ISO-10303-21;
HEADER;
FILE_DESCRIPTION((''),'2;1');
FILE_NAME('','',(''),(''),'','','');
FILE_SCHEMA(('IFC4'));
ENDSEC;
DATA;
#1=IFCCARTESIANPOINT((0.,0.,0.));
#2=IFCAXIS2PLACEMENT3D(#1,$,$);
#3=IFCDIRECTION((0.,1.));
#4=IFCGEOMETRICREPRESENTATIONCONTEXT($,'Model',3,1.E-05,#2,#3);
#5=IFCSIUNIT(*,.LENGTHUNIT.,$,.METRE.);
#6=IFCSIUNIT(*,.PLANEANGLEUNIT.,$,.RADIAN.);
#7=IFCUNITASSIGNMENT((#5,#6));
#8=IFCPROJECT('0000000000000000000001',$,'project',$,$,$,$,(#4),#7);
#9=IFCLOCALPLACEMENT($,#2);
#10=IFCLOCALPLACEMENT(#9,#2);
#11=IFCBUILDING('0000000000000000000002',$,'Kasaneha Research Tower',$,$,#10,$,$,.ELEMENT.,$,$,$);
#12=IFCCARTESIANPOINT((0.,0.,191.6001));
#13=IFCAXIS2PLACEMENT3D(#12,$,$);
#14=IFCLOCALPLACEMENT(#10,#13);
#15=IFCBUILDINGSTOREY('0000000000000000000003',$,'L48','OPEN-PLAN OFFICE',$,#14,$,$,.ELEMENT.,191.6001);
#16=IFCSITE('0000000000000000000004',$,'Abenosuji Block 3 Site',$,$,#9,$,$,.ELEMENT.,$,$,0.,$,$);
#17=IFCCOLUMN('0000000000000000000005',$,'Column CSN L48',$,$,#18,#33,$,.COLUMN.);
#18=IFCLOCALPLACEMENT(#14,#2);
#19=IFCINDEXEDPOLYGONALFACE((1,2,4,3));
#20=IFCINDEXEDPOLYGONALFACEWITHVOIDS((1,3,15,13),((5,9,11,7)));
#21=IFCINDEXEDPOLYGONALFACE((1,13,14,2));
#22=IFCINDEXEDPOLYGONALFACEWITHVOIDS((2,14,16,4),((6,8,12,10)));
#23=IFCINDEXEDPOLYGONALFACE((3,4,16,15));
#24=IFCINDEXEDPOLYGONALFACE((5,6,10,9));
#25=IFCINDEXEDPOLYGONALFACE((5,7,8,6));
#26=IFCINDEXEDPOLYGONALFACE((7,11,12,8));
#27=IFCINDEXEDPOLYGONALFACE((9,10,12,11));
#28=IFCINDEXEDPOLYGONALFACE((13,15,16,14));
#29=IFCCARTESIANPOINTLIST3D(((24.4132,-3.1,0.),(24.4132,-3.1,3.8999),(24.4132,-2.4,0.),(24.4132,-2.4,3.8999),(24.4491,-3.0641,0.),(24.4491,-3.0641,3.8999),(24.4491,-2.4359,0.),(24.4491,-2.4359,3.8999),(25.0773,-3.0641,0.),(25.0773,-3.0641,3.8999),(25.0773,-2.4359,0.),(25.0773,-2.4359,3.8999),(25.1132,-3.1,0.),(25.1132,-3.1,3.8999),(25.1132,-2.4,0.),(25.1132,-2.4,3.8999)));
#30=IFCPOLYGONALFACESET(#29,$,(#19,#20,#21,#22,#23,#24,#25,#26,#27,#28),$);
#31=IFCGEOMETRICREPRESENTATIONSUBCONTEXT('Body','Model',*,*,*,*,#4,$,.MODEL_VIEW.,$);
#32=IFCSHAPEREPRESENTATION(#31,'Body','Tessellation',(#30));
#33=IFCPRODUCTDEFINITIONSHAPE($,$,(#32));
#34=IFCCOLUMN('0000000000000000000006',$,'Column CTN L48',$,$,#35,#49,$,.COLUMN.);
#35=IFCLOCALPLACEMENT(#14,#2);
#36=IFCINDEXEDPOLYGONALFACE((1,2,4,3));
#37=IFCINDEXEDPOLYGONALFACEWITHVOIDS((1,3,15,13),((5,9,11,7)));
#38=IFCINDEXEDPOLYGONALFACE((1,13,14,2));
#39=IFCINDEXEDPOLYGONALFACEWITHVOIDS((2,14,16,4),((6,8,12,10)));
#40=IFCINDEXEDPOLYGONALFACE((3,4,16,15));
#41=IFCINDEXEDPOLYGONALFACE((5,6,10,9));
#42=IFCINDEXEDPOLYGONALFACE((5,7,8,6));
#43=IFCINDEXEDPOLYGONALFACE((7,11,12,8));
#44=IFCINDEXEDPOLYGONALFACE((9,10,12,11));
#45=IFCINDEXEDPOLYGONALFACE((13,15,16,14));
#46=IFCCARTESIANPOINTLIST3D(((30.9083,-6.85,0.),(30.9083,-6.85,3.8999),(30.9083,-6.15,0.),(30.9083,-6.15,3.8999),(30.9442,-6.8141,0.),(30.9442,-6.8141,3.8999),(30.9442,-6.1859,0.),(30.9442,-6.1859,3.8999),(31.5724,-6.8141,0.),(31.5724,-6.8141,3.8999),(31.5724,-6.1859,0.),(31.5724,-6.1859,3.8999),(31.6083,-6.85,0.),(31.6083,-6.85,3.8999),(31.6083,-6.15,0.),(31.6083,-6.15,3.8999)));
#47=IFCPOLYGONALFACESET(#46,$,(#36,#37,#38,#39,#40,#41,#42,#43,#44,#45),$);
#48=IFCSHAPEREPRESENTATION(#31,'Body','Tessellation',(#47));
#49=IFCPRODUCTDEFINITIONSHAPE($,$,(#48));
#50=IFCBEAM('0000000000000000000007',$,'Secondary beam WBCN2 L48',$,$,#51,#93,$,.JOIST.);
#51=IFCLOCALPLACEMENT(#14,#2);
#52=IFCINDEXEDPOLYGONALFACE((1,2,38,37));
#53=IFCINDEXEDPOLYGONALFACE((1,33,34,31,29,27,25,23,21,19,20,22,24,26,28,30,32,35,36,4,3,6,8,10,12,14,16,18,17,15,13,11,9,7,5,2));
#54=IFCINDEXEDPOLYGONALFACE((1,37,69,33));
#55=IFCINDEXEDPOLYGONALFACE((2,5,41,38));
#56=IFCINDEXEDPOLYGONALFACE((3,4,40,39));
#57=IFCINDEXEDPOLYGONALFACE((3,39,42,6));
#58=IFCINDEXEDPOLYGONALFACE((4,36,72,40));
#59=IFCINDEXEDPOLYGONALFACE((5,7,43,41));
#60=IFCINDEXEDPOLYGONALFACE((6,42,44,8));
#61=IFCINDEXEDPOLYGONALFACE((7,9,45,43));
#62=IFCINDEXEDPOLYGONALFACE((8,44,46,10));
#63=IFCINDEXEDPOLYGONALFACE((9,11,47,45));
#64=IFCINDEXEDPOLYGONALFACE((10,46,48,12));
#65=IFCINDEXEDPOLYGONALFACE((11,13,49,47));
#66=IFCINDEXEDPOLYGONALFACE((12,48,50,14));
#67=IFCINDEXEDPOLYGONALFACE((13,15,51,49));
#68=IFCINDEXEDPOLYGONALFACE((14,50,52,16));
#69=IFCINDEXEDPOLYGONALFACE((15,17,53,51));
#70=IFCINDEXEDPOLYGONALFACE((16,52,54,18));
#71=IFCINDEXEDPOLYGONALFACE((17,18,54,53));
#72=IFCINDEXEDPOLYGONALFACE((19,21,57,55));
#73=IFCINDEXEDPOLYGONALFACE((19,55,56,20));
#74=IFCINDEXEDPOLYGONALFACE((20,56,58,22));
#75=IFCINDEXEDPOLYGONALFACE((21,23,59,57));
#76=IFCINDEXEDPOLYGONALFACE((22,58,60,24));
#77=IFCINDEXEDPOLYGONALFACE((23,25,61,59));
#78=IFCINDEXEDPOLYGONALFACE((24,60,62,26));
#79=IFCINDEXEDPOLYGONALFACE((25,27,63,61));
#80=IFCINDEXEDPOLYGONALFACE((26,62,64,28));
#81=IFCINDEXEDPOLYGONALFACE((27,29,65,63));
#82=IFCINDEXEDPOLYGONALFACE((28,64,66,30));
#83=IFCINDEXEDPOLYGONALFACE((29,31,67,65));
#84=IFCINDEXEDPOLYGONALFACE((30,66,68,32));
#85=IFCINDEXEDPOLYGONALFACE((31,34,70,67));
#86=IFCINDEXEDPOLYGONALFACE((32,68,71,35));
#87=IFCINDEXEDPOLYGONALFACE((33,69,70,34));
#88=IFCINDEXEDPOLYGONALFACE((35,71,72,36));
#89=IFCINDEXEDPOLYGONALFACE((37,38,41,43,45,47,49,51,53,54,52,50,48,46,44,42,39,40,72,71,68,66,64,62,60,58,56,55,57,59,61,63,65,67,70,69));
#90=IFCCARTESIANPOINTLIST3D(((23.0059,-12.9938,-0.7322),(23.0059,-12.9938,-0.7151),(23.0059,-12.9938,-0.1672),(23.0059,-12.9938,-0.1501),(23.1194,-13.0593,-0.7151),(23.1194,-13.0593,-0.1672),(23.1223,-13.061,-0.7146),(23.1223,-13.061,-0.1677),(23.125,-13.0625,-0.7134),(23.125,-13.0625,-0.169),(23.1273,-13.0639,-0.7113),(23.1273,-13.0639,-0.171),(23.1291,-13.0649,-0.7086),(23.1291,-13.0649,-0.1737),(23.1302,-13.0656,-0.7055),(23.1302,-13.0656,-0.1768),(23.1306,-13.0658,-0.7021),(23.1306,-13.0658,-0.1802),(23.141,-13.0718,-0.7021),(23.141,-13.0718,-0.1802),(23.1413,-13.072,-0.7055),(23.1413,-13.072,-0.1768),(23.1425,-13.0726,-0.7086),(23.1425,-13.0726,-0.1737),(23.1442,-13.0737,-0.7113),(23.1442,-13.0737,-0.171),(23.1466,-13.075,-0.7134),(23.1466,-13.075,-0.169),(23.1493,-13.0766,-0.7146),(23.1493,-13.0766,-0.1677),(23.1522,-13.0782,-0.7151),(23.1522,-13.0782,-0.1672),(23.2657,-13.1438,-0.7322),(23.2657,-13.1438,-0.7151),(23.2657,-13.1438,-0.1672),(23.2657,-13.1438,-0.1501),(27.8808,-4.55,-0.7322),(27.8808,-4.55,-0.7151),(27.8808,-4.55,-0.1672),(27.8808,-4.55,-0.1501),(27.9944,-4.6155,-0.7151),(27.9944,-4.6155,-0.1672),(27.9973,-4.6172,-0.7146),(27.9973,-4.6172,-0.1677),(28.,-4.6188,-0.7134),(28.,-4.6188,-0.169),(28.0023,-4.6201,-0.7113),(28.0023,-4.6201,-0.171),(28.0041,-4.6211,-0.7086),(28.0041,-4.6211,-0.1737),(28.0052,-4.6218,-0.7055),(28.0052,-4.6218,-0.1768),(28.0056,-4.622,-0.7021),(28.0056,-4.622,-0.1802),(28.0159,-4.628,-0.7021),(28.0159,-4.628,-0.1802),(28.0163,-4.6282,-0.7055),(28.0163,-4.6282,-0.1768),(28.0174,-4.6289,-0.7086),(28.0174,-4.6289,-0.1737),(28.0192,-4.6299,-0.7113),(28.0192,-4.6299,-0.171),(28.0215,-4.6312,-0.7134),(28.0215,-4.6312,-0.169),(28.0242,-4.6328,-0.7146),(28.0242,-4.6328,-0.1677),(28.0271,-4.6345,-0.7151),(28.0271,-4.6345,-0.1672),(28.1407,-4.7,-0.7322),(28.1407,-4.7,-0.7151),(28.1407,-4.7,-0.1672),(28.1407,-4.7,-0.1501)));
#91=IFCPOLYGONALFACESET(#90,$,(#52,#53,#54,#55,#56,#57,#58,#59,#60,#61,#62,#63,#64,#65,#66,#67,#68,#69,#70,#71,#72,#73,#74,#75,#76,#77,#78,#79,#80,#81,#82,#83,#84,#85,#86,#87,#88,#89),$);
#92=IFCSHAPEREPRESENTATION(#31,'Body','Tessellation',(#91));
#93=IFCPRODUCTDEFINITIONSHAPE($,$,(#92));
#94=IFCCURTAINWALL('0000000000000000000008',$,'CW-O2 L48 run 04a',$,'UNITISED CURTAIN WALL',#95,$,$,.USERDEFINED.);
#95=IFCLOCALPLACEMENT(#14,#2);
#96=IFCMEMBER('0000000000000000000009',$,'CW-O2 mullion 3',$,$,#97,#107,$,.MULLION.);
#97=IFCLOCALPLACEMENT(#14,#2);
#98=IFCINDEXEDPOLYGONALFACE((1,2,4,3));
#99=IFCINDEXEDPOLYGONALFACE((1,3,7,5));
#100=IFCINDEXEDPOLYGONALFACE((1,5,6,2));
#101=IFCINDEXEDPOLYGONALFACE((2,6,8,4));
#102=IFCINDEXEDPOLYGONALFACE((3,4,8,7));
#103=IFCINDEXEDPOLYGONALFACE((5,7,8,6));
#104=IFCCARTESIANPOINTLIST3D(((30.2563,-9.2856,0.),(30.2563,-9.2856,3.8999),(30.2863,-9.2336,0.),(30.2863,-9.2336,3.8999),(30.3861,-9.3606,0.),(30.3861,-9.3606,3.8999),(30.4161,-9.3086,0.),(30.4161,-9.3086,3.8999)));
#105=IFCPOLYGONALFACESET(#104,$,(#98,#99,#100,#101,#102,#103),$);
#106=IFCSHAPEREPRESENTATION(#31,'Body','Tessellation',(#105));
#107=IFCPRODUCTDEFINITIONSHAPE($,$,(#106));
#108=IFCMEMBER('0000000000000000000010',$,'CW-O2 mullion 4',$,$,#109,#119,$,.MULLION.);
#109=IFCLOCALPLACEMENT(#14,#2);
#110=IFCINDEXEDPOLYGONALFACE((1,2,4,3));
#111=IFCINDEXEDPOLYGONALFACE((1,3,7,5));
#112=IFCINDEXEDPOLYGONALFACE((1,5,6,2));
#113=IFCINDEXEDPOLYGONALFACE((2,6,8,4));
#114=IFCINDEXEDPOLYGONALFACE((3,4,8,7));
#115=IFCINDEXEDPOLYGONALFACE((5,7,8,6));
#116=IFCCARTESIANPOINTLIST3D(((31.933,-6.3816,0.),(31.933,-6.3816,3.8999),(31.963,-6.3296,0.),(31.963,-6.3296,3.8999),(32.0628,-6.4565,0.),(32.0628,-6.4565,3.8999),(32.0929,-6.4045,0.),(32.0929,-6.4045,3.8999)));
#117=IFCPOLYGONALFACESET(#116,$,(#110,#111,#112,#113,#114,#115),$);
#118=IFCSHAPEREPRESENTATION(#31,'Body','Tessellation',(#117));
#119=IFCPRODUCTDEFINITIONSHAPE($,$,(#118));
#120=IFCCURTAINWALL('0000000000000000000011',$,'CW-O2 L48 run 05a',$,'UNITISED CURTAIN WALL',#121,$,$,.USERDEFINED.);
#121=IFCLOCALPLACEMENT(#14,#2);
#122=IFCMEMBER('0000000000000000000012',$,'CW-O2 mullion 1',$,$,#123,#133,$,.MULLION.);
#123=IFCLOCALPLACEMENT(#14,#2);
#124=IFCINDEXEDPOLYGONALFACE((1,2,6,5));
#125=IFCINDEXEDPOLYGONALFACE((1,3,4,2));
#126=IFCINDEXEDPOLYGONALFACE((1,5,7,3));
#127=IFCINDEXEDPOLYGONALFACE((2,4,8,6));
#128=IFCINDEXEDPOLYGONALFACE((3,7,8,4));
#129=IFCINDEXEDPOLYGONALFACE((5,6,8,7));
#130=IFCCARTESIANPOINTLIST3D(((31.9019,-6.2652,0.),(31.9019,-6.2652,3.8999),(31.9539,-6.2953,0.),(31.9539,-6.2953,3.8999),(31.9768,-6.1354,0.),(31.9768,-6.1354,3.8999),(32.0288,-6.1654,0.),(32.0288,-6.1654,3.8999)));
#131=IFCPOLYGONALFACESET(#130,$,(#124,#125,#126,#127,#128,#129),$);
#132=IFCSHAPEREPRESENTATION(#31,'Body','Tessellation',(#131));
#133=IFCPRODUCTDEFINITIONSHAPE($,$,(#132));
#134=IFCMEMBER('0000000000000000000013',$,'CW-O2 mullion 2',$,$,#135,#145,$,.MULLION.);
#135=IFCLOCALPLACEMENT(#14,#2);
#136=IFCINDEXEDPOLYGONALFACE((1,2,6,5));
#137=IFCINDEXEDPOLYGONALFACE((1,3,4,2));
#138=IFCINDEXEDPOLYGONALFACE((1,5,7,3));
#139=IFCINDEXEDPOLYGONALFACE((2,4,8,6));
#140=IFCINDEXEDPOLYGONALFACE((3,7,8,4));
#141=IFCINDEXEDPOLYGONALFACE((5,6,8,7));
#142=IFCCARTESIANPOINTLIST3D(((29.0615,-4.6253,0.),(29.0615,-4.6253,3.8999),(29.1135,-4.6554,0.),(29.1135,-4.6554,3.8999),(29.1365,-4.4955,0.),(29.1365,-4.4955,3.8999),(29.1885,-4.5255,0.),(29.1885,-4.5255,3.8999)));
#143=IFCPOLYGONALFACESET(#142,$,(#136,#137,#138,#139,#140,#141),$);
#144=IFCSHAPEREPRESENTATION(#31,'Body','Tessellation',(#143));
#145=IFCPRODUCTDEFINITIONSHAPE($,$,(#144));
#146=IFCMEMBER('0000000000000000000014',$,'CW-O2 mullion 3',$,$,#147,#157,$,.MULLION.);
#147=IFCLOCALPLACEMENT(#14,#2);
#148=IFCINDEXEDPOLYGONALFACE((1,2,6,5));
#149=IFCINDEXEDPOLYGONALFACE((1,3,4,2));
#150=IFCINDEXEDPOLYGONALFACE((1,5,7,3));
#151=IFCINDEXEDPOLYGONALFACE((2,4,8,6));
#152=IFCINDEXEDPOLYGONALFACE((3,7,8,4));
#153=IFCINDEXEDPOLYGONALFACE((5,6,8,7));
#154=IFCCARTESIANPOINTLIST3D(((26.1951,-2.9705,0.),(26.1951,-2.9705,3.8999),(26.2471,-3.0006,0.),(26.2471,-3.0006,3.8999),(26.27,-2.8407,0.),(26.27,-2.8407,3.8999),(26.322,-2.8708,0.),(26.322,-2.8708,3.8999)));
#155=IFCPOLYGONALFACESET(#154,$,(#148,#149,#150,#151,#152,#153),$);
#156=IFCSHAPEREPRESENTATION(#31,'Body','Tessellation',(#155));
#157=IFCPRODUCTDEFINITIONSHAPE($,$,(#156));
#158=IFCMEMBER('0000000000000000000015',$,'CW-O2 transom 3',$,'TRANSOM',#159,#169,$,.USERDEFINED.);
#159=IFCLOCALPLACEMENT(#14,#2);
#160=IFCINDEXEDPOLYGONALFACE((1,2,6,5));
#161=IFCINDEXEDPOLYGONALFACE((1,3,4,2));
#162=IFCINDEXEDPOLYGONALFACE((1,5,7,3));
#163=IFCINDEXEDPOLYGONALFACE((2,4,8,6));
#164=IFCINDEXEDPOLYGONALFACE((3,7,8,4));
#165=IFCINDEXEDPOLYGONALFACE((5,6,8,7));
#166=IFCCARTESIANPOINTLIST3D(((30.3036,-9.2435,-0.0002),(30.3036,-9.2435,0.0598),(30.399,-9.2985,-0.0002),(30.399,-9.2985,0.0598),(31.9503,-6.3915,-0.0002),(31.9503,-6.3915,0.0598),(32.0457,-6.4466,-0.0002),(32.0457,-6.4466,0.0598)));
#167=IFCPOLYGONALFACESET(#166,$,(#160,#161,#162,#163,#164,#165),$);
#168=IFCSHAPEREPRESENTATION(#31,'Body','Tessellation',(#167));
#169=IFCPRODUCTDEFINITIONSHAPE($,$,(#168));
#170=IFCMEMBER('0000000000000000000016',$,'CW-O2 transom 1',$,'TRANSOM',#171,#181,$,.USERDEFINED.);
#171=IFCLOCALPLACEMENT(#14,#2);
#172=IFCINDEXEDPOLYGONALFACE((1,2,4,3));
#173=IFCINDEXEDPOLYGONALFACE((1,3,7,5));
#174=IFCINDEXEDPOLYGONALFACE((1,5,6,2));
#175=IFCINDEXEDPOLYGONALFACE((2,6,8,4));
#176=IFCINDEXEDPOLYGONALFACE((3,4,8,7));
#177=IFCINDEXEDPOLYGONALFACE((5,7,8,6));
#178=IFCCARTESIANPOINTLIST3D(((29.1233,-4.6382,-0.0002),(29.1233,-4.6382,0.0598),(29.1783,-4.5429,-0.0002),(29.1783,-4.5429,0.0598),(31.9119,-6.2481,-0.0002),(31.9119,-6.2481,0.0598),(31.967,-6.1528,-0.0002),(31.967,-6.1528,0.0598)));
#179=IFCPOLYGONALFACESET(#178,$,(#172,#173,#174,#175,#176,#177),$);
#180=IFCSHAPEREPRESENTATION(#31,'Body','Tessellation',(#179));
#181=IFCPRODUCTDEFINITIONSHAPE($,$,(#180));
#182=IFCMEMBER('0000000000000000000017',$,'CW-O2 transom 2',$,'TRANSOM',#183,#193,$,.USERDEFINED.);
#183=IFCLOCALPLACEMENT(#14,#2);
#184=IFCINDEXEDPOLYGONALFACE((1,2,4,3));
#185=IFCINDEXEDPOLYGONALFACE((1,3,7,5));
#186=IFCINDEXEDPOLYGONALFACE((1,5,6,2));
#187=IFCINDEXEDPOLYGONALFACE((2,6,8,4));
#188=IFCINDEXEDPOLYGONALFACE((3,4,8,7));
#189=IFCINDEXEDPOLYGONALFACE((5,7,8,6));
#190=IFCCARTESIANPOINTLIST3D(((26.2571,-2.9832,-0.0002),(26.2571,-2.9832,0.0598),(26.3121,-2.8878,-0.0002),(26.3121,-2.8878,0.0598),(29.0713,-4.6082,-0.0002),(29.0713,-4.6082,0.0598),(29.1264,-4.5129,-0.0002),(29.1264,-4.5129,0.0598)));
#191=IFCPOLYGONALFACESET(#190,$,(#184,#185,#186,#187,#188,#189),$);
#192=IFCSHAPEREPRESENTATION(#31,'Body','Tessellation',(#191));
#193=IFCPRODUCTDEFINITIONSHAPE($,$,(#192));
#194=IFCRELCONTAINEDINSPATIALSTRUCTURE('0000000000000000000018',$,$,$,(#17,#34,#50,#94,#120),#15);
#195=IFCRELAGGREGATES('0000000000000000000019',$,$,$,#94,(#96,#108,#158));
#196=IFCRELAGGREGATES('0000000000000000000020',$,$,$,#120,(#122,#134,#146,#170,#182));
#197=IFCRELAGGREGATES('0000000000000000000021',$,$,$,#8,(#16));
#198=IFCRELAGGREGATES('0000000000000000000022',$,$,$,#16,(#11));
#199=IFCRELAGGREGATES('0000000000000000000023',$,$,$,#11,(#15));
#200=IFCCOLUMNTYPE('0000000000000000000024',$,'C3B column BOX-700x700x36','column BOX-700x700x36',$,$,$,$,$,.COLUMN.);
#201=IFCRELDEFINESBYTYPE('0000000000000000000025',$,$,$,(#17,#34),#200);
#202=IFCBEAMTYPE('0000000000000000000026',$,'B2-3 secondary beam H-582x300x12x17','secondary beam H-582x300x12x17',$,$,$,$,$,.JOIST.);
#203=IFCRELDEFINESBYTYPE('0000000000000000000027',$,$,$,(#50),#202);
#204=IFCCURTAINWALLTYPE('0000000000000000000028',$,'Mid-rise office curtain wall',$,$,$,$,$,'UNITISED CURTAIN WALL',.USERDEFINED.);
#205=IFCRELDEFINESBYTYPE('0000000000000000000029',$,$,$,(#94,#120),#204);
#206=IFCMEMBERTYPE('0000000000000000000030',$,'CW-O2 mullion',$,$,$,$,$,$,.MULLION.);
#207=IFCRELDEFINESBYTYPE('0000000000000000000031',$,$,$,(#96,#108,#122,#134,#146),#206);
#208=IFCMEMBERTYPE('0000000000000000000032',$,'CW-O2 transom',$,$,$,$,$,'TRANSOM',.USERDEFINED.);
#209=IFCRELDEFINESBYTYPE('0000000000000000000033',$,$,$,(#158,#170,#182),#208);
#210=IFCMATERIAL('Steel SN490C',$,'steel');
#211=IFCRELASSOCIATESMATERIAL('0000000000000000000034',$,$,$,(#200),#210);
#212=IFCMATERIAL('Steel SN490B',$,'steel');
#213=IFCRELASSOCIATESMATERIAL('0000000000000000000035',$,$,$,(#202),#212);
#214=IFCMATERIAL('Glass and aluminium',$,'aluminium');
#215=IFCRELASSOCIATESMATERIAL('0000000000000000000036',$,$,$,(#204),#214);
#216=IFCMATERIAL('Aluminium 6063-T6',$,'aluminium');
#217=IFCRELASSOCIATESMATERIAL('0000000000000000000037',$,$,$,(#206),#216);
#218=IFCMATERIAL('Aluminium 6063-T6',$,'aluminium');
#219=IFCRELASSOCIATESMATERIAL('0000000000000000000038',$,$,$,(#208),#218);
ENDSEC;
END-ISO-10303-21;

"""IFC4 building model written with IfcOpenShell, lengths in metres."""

from ifc_helpers import new_model, si_unit, direction, frame, origin, origin_2d, place, context, subcontext, project, spatial, rectangle, hollow_rectangle, i_section, extrude, material, material_profile, profile_set, type_object, element, aggregate, save


model = new_model("IFC4")

# Units and contexts
model_context = context("Model", 3, precision=1e-05, world=origin(), true_north=direction((0.0, 1.0)))
body_context = subcontext(model_context, "Body", "Model", "MODEL_VIEW")
ifc_project = project(units=[si_unit("LENGTHUNIT", "METRE"), si_unit("PLANEANGLEUNIT", "RADIAN")], contexts=[model_context])

# Site, building, storey
site_placement = place(None, origin())
site = spatial("IfcSite", under=ifc_project, at=site_placement, Name="Abenosuji Block 3 Site", CompositionType="ELEMENT", RefElevation=0.0)
building_placement = place(site_placement, origin())
building = spatial("IfcBuilding", under=site, at=building_placement, Name="Kasaneha Research Tower", CompositionType="ELEMENT")
storey_placement = place(building_placement, frame((0.0, 0.0, 191.6001)))
storey = spatial("IfcBuildingStorey", under=building, at=storey_placement, Name="L48", Description="OPEN-PLAN OFFICE", CompositionType="ELEMENT", Elevation=191.6001)

# Columns
ifc_material_1 = material(Name="Steel SN490C", Category="steel")
ifc_material_profile_1 = material_profile(ifc_material_1, hollow_rectangle(XDim=0.7, YDim=0.7, WallThickness=0.0359, at=origin_2d()), Name="BOX-700x700x36")
ifc_profile_set_1 = profile_set([ifc_material_profile_1], Name="Steel SN490C")
column_type = type_object("IfcColumnType", Name="C3B column BOX-700x700x36", Description="column BOX-700x700x36", PredefinedType="COLUMN", material=ifc_profile_set_1)
for number, where, z_axis, x_axis, name in (
    (1, (24.7632, -2.75, 0.0), (0.0, 0.0, 1.0), (1.0, 0.0, 0.0), "Column CSN L48"),
    (2, (31.2583, -6.5, 0.0), (0.0, 0.0, 1.0), (1.0, 0.0, 0.0), "Column CTN L48"),
):
    element("IfcColumn", number, at=place(storey_placement, frame(where, z_axis=z_axis, x_axis=x_axis)), inside=storey, type_object=column_type, Name=name, PredefinedType="COLUMN", context=body_context, shape_type="SweptSolid", body=[
        extrude(hollow_rectangle(XDim=0.7, YDim=0.7, WallThickness=0.0359, at=origin_2d()), origin(), (0.0, 0.0, 1.0), 3.8999),
    ])

# Beam
ifc_material_2 = material(Name="Steel SN490B", Category="steel")
ifc_material_profile_2 = material_profile(ifc_material_2, i_section(OverallWidth=0.3, OverallDepth=0.582, WebThickness=0.012, FlangeThickness=0.0171, FilletRadius=0.0129, at=origin_2d()), Name="H-582x300x12x17")
ifc_profile_set_2 = profile_set([ifc_material_profile_2], Name="Steel SN490B")
beam_type_1 = type_object("IfcBeamType", Name="B2-3 secondary beam H-582x300x12x17", Description="secondary beam H-582x300x12x17", PredefinedType="JOIST", material=ifc_profile_set_2)
beam_1_placement = place(storey_placement, frame((28.0107, -4.625, -0.4412), z_axis=(-0.499996, -0.866028, 0.0), x_axis=(0.866028, -0.499996, 0.0)))
element("IfcBeam", 3, at=beam_1_placement, inside=storey, type_object=beam_type_1, Name="Secondary beam WBCN2 L48", PredefinedType="JOIST", context=body_context, shape_type="SweptSolid", body=[
    extrude(i_section(OverallWidth=0.3, OverallDepth=0.582, WebThickness=0.012, FlangeThickness=0.0171, FilletRadius=0.0129, at=origin_2d()), origin(), (0.0, 0.0, 1.0), 9.75),
])

# Curtain walls, members
ifc_material_3 = material(Name="Glass and aluminium", Category="aluminium")
curtain_wall_type = type_object("IfcCurtainWallType", Name="Mid-rise office curtain wall", ElementType="UNITISED CURTAIN WALL", PredefinedType="USERDEFINED", material=ifc_material_3)
curtain_wall_1_placement = place(storey_placement, origin())
curtain_wall_1 = element("IfcCurtainWall", 4, at=curtain_wall_1_placement, inside=storey, type_object=curtain_wall_type, Name="CW-O2 L48 run 04a", ObjectType="UNITISED CURTAIN WALL", PredefinedType="USERDEFINED")
ifc_material_4 = material(Name="Aluminium 6063-T6", Category="aluminium")
ifc_material_profile_3 = material_profile(ifc_material_4, rectangle(XDim=0.0601, YDim=0.1499, at=origin_2d()), Name="CW-O2 mullion 60x150")
ifc_profile_set_3 = profile_set([ifc_material_profile_3], Name="Aluminium 6063-T6")
member_type_1 = type_object("IfcMemberType", Name="CW-O2 mullion", PredefinedType="MULLION", material=ifc_profile_set_3)
member_1_placement = place(storey_placement, frame((30.3362, -9.2971, 0.0), z_axis=(0.0, 0.0, 1.0), x_axis=(0.5, 0.866025, 0.0)))
member_1 = element("IfcMember", 5, at=member_1_placement, type_object=member_type_1, Name="CW-O2 mullion 3", PredefinedType="MULLION", context=body_context, shape_type="SweptSolid", body=[
    extrude(rectangle(XDim=0.0601, YDim=0.1499, at=origin_2d()), origin(), (0.0, 0.0, 1.0), 3.8999),
])
member_2_placement = place(storey_placement, frame((32.0129, -6.3931, 0.0), z_axis=(0.0, 0.0, 1.0), x_axis=(0.5, 0.866025, 0.0)))
member_2 = element("IfcMember", 6, at=member_2_placement, type_object=member_type_1, Name="CW-O2 mullion 4", PredefinedType="MULLION", context=body_context, shape_type="SweptSolid", body=[
    extrude(rectangle(XDim=0.0601, YDim=0.1499, at=origin_2d()), origin(), (0.0, 0.0, 1.0), 3.8999),
])
curtain_wall_2_placement = place(storey_placement, origin())
curtain_wall_2 = element("IfcCurtainWall", 7, at=curtain_wall_2_placement, inside=storey, type_object=curtain_wall_type, Name="CW-O2 L48 run 05a", ObjectType="UNITISED CURTAIN WALL", PredefinedType="USERDEFINED")
member_3_placement = place(storey_placement, frame((31.9653, -6.2153, 0.0), z_axis=(0.0, 0.0, 1.0), x_axis=(-0.866025, 0.5, 0.0)))
member_3 = element("IfcMember", 8, at=member_3_placement, type_object=member_type_1, Name="CW-O2 mullion 1", PredefinedType="MULLION", context=body_context, shape_type="SweptSolid", body=[
    extrude(rectangle(XDim=0.0601, YDim=0.1499, at=origin_2d()), origin(), (0.0, 0.0, 1.0), 3.8999),
])
member_4_placement = place(storey_placement, frame((29.125, -4.5754, 0.0), z_axis=(0.0, 0.0, 1.0), x_axis=(-0.866025, 0.5, 0.0)))
member_4 = element("IfcMember", 9, at=member_4_placement, type_object=member_type_1, Name="CW-O2 mullion 2", PredefinedType="MULLION", context=body_context, shape_type="SweptSolid", body=[
    extrude(rectangle(XDim=0.0601, YDim=0.1499, at=origin_2d()), origin(), (0.0, 0.0, 1.0), 3.8999),
])
member_5_placement = place(storey_placement, frame((26.2585, -2.9207, 0.0), z_axis=(0.0, 0.0, 1.0), x_axis=(-0.866025, 0.5, 0.0)))
member_5 = element("IfcMember", 10, at=member_5_placement, type_object=member_type_1, Name="CW-O2 mullion 3", PredefinedType="MULLION", context=body_context, shape_type="SweptSolid", body=[
    extrude(rectangle(XDim=0.0601, YDim=0.1499, at=origin_2d()), origin(), (0.0, 0.0, 1.0), 3.8999),
])

# Members
ifc_material_5 = material(Name="Aluminium 6063-T6", Category="aluminium")
ifc_material_profile_4 = material_profile(ifc_material_5, rectangle(XDim=0.1101, YDim=0.0601, at=origin_2d()), Name="CW-O2 transom 110x60")
ifc_profile_set_4 = profile_set([ifc_material_profile_4], Name="Aluminium 6063-T6")
member_type_2 = type_object("IfcMemberType", Name="CW-O2 transom", ElementType="TRANSOM", PredefinedType="USERDEFINED", material=ifc_profile_set_4)
member_6_placement = place(storey_placement, frame((30.3513, -9.271, 0.0298), z_axis=(0.500022, 0.866013, 0.0), x_axis=(-0.866013, 0.500022, 0.0)))
member_6 = element("IfcMember", 11, at=member_6_placement, type_object=member_type_2, Name="CW-O2 transom 3", ObjectType="TRANSOM", PredefinedType="USERDEFINED", context=body_context, shape_type="SweptSolid", body=[
    extrude(rectangle(XDim=0.1101, YDim=0.0601, at=origin_2d()), origin(), (0.0, 0.0, 1.0), 3.2932),
])
member_7_placement = place(storey_placement, frame((31.9395, -6.2004, 0.0298), z_axis=(-0.866042, 0.499972, 0.0), x_axis=(-0.499972, -0.866042, 0.0)))
member_7 = element("IfcMember", 12, at=member_7_placement, type_object=member_type_2, Name="CW-O2 transom 1", ObjectType="TRANSOM", PredefinedType="USERDEFINED", context=body_context, shape_type="SweptSolid", body=[
    extrude(rectangle(XDim=0.1101, YDim=0.0601, at=origin_2d()), origin(), (0.0, 0.0, 1.0), 3.22),
])
member_8_placement = place(storey_placement, frame((29.0989, -4.5605, 0.0298), z_axis=(-0.865997, 0.50005, 0.0), x_axis=(-0.50005, -0.865997, 0.0)))
member_8 = element("IfcMember", 13, at=member_8_placement, type_object=member_type_2, Name="CW-O2 transom 2", ObjectType="TRANSOM", PredefinedType="USERDEFINED", context=body_context, shape_type="SweptSolid", body=[
    extrude(rectangle(XDim=0.1101, YDim=0.0601, at=origin_2d()), origin(), (0.0, 0.0, 1.0), 3.2498),
])

aggregate(curtain_wall_1, [member_1, member_2, member_6])
aggregate(curtain_wall_2, [member_3, member_4, member_5, member_7, member_8])

save(model, "model.ifc")
